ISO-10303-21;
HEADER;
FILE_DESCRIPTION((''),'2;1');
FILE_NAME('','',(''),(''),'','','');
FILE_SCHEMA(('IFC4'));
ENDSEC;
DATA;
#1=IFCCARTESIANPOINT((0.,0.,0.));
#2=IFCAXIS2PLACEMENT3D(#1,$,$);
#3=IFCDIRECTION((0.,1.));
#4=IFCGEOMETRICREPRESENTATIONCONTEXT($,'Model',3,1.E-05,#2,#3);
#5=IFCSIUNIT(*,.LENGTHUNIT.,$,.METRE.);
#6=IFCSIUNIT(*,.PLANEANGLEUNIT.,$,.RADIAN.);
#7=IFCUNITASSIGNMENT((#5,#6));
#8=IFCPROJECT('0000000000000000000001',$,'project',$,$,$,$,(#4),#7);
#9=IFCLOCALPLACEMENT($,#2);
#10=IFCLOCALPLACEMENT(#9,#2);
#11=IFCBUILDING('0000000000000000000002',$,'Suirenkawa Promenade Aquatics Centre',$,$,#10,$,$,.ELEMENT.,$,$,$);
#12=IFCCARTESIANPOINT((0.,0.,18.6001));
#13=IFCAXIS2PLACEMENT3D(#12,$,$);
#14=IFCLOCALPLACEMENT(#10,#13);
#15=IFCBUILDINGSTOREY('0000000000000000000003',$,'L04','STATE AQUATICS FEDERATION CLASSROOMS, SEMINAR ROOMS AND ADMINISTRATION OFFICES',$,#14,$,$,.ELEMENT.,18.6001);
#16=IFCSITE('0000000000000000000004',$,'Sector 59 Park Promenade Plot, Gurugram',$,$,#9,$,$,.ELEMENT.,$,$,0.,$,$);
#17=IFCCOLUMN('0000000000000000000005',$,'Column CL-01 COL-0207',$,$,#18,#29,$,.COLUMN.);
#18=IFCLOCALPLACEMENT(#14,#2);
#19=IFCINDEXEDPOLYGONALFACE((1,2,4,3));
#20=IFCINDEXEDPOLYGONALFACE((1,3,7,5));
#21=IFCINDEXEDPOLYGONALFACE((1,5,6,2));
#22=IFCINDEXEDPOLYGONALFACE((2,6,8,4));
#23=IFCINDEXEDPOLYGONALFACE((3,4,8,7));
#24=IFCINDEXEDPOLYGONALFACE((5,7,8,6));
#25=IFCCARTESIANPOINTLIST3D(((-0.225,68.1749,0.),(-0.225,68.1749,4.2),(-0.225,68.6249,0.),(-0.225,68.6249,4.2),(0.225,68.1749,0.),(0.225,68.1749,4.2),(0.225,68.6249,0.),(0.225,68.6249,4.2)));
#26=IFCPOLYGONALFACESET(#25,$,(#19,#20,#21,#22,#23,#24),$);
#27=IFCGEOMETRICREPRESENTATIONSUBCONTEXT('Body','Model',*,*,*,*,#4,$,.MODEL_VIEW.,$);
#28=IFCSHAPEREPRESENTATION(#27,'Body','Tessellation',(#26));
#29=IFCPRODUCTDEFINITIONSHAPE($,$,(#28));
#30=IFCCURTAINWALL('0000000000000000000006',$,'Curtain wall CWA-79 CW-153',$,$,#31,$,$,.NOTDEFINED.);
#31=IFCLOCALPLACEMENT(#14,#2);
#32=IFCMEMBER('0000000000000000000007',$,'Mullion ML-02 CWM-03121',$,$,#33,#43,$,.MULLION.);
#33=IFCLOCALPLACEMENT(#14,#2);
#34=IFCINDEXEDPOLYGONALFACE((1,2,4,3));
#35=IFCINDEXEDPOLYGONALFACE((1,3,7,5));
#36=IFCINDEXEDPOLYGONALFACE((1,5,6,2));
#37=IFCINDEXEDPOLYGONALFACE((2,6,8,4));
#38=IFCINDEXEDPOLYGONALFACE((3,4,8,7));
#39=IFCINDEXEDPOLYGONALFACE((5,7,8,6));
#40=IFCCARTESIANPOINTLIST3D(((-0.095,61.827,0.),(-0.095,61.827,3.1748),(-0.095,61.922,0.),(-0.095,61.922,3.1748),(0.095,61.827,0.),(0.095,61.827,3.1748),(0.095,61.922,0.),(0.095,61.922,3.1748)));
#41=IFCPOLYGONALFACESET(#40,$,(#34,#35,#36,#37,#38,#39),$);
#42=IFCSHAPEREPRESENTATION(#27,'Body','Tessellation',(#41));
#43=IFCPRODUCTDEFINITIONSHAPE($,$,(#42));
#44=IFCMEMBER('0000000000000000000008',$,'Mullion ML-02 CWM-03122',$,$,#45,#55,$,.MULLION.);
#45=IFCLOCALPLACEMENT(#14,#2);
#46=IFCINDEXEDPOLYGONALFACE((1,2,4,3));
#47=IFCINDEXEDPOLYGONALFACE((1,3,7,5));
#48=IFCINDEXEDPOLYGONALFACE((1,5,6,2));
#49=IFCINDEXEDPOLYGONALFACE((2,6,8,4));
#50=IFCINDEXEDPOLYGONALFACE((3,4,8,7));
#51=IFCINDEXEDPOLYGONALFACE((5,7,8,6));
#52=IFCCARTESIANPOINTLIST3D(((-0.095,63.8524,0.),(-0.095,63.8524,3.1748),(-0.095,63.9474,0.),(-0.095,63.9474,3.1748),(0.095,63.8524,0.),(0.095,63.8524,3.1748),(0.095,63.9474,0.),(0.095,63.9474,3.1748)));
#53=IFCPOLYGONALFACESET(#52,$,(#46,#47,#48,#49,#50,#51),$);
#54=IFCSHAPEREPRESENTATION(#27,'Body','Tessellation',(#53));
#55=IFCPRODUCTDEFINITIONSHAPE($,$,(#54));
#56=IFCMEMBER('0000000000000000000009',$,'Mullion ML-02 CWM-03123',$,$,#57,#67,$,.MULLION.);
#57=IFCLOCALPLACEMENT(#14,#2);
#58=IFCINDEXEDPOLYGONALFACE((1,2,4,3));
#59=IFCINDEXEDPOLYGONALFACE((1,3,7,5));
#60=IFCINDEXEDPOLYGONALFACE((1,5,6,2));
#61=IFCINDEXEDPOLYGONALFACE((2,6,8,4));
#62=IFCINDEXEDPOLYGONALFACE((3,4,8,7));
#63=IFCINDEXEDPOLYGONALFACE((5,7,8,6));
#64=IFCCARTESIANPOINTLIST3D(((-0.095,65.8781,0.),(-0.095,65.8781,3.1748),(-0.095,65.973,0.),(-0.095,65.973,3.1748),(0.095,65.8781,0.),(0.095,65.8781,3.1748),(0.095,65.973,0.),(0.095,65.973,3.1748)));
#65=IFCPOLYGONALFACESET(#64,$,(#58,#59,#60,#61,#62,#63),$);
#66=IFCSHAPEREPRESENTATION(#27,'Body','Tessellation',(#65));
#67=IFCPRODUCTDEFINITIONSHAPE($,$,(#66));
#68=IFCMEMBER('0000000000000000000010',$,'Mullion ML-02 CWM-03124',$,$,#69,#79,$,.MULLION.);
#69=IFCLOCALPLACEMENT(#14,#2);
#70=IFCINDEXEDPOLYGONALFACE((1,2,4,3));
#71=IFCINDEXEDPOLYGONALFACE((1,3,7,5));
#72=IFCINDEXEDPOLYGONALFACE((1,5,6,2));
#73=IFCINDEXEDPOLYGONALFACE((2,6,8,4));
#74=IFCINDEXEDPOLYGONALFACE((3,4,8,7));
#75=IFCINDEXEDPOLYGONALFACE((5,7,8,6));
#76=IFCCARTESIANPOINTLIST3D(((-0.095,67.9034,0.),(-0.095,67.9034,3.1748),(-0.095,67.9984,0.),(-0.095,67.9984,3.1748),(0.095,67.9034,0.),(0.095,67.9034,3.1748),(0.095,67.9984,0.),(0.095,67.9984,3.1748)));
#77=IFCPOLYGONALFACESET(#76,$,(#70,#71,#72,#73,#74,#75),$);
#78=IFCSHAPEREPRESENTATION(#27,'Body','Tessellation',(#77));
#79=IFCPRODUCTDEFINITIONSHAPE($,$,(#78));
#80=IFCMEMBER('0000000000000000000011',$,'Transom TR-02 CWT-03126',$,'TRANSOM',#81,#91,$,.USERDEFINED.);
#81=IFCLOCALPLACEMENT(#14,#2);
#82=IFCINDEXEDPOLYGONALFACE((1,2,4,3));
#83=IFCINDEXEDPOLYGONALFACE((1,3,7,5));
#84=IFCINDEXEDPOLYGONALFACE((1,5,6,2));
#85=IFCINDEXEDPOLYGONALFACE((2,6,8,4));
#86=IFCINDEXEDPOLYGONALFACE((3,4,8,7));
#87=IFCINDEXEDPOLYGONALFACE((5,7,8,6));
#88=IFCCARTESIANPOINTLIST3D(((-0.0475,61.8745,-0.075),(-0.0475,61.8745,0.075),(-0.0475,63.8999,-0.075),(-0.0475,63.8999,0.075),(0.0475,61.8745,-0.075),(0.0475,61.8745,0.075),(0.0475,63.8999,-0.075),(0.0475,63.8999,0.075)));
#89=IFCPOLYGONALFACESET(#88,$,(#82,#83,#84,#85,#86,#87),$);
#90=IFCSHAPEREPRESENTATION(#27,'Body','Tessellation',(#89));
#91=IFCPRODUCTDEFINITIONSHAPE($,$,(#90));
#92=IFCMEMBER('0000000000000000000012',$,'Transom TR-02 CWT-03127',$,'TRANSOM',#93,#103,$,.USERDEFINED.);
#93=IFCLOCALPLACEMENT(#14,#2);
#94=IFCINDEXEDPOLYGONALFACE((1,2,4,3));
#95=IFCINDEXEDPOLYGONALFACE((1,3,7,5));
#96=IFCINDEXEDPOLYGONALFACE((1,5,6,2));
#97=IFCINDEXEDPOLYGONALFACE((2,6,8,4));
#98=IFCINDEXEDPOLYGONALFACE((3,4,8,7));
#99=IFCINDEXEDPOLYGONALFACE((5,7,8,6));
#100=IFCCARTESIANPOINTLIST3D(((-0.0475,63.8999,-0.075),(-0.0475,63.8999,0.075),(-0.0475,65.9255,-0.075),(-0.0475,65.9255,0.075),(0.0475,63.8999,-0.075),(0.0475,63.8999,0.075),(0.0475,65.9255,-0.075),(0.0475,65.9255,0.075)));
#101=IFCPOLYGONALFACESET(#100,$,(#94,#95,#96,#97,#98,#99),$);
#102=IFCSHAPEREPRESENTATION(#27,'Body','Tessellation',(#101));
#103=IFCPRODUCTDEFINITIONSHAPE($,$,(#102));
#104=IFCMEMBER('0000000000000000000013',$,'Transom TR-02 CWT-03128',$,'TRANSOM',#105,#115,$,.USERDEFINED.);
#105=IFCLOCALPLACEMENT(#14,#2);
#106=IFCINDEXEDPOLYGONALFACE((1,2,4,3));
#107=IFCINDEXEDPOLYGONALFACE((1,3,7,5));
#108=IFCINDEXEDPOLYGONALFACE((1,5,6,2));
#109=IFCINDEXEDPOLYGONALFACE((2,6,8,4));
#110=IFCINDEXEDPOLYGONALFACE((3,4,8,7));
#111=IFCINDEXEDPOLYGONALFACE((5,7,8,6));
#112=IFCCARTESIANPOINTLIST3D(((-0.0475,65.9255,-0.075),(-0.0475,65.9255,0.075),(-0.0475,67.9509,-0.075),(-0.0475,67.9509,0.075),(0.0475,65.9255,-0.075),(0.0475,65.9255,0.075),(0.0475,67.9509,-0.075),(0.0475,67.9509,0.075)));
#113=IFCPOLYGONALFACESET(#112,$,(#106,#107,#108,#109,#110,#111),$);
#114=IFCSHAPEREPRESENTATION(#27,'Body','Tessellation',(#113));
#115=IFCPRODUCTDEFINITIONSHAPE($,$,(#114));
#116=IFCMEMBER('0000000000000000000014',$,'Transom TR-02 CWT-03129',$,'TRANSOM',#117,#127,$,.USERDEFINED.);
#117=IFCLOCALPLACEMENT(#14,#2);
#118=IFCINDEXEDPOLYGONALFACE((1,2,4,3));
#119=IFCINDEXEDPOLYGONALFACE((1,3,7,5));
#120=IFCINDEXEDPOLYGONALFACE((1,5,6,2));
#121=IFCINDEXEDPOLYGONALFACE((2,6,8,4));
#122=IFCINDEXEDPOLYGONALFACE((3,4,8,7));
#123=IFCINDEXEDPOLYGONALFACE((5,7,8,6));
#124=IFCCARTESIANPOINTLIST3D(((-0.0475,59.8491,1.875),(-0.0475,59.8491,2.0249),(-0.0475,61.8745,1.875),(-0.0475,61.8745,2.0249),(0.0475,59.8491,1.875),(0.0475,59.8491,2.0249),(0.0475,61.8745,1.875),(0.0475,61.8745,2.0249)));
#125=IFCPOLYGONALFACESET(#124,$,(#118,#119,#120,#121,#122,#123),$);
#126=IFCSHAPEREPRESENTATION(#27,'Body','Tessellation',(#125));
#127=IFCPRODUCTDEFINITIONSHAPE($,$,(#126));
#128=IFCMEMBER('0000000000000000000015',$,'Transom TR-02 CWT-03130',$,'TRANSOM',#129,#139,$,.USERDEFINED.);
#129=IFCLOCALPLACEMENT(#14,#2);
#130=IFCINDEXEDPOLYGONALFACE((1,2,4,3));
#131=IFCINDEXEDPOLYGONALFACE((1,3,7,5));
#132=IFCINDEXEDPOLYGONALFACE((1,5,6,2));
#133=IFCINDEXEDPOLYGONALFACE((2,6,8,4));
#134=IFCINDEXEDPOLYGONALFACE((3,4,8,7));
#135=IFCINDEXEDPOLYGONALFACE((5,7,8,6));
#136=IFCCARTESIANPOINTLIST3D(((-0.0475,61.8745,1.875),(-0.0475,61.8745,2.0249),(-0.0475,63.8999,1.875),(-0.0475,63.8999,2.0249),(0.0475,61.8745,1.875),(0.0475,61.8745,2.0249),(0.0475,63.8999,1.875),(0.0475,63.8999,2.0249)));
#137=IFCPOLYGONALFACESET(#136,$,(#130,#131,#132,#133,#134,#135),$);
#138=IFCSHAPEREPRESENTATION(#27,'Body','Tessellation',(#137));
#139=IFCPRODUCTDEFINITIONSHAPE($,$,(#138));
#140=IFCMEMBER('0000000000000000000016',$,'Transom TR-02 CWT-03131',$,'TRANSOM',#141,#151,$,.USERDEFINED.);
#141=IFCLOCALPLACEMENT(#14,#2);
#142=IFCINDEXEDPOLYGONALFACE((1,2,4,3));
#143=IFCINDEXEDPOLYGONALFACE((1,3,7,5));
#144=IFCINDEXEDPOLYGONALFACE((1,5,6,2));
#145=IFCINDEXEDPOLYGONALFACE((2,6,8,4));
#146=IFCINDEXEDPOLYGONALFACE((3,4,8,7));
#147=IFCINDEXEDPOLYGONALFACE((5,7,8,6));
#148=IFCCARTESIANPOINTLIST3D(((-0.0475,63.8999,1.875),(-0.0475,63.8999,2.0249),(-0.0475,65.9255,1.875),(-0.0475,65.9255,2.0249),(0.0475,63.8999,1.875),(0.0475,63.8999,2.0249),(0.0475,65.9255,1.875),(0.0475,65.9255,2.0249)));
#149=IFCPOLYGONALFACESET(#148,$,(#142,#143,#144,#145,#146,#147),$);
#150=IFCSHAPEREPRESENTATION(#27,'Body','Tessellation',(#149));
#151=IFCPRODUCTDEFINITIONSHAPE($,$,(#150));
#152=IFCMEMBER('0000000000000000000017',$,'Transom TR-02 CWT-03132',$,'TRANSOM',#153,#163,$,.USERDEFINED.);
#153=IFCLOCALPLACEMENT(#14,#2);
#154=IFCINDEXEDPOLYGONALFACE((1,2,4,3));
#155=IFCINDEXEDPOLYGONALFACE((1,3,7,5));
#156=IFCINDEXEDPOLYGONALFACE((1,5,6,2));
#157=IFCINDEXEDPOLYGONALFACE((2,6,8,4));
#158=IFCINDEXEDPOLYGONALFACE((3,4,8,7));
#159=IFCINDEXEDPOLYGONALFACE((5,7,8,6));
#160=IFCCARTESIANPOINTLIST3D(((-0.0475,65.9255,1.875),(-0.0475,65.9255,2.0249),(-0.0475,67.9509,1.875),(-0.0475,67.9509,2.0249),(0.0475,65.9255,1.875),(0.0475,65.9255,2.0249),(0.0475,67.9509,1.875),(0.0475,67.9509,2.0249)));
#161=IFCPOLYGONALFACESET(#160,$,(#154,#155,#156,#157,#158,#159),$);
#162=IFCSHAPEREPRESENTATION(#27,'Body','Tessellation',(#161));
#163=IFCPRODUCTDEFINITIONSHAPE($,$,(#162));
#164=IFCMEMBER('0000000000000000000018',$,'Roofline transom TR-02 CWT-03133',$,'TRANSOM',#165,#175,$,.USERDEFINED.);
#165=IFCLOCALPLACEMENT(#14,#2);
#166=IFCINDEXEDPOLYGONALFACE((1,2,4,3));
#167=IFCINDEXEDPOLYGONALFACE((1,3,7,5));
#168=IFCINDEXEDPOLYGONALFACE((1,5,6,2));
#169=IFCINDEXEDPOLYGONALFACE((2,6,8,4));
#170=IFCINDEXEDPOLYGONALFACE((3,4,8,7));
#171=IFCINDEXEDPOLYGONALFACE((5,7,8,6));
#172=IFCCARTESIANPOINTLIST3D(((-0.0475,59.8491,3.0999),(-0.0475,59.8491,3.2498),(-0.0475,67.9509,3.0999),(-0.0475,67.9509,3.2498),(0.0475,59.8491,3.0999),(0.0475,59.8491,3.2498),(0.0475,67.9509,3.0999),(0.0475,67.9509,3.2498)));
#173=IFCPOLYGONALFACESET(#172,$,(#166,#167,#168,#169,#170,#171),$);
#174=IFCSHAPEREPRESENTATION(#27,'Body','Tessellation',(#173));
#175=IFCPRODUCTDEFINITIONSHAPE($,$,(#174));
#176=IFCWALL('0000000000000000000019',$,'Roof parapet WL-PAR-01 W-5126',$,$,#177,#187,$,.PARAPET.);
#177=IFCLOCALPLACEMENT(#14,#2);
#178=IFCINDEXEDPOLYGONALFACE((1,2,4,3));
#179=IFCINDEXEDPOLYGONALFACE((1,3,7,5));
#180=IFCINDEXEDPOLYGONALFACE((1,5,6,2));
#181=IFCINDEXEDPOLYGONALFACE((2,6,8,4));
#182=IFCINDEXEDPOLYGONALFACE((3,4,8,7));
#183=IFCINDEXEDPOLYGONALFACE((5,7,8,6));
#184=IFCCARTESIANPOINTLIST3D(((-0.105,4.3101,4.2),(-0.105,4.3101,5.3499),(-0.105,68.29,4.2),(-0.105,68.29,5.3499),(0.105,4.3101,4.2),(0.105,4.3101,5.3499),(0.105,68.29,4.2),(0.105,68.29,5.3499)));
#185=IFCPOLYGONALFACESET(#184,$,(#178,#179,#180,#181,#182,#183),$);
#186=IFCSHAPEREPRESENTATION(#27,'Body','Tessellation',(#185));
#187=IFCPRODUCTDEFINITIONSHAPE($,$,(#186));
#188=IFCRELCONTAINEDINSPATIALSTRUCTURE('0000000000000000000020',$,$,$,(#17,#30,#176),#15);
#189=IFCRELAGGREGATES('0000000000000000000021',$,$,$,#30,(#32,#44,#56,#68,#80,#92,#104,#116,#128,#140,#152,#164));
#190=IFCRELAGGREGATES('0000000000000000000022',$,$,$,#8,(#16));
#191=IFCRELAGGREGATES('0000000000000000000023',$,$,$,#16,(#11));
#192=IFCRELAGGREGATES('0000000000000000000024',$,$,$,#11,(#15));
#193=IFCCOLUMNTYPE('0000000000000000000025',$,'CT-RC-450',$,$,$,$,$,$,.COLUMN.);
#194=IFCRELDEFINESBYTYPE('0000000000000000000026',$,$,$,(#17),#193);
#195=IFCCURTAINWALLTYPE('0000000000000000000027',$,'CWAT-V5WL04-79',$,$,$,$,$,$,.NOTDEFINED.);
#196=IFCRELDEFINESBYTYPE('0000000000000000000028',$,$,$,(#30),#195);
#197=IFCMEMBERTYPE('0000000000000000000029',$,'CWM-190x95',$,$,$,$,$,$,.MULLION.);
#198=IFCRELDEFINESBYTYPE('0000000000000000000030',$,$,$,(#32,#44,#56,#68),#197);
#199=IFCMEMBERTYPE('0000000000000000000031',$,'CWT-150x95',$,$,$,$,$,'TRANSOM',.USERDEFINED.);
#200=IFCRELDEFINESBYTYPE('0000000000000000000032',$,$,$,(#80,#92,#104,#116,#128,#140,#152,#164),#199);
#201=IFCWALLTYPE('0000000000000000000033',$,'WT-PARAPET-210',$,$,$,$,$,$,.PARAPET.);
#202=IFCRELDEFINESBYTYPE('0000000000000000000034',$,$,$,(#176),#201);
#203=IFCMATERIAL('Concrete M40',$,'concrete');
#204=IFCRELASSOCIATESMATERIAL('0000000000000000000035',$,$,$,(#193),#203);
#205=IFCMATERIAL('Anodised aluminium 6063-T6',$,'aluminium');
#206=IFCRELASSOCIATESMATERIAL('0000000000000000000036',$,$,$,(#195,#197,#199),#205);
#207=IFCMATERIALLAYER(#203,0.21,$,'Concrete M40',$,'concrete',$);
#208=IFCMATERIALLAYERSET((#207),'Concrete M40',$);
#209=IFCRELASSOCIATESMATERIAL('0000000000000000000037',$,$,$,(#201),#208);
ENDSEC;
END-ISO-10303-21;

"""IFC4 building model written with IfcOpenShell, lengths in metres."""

from ifc_helpers import new_model, si_unit, direction, frame, frame_2d, origin, origin_2d, place, context, subcontext, project, spatial, rectangle, extrude, material, layer, layer_set, material_profile, profile_set, type_object, element, aggregate, save


model = new_model("IFC4")

# Units and contexts
model_context = context("Model", 3, precision=1e-05, world=origin(), true_north=direction((0.0, 1.0)))
body_context = subcontext(model_context, "Body", "Model", "MODEL_VIEW")
ifc_project = project(units=[si_unit("LENGTHUNIT", "METRE"), si_unit("PLANEANGLEUNIT", "RADIAN")], contexts=[model_context])

# Site, building, storey
site_placement = place(None, origin())
site = spatial("IfcSite", under=ifc_project, at=site_placement, Name="Sector 59 Park Promenade Plot, Gurugram", CompositionType="ELEMENT", RefElevation=0.0)
building_placement = place(site_placement, origin())
building = spatial("IfcBuilding", under=site, at=building_placement, Name="Suirenkawa Promenade Aquatics Centre", CompositionType="ELEMENT")
storey_placement = place(building_placement, frame((0.0, 0.0, 18.6001)))
storey = spatial("IfcBuildingStorey", under=building, at=storey_placement, Name="L04", Description="STATE AQUATICS FEDERATION CLASSROOMS, SEMINAR ROOMS AND ADMINISTRATION OFFICES", CompositionType="ELEMENT", Elevation=18.6001)

# Column
ifc_material_1 = material(Name="Concrete M40", Category="concrete")
ifc_material_profile_1 = material_profile(ifc_material_1, rectangle(XDim=0.45, YDim=0.45, at=origin_2d()), Name="RC COL 450x450", Category="concrete")
ifc_profile_set_1 = profile_set([ifc_material_profile_1], Name="Concrete M40")
column_type = type_object("IfcColumnType", Name="CT-RC-450", PredefinedType="COLUMN", material=ifc_profile_set_1)
column_placement = place(storey_placement, frame((0.0, 68.3999, 0.0), z_axis=(0.0, 0.0, 1.0), x_axis=(1.0, 0.0, 0.0)))
element("IfcColumn", 1, at=column_placement, inside=storey, type_object=column_type, Name="Column CL-01 COL-0207", PredefinedType="COLUMN", context=body_context, shape_type="SweptSolid", body=[
    extrude(rectangle(XDim=0.45, YDim=0.45, at=origin_2d()), origin(), (0.0, 0.0, 1.0), 4.2),
])

# Curtain wall, members
ifc_material_2 = material(Name="Anodised aluminium 6063-T6", Category="aluminium")
curtain_wall_type = type_object("IfcCurtainWallType", Name="CWAT-V5WL04-79", PredefinedType="NOTDEFINED", material=ifc_material_2)
curtain_wall_placement = place(storey_placement, origin())
curtain_wall = element("IfcCurtainWall", 2, at=curtain_wall_placement, inside=storey, type_object=curtain_wall_type, Name="Curtain wall CWA-79 CW-153", PredefinedType="NOTDEFINED")
ifc_material_profile_2 = material_profile(ifc_material_2, rectangle(XDim=0.095, YDim=0.1899, at=origin_2d()), Name="ALU MULL 95x190", Category="aluminium")
ifc_profile_set_2 = profile_set([ifc_material_profile_2], Name="Anodised aluminium 6063-T6")
member_type_1 = type_object("IfcMemberType", Name="CWM-190x95", PredefinedType="MULLION", material=ifc_profile_set_2)
member_1_placement = place(storey_placement, frame((0.0, 61.8745, 0.0), z_axis=(0.0, 0.0, 1.0), x_axis=(0.0, 1.0, 0.0)))
member_1 = element("IfcMember", 3, at=member_1_placement, type_object=member_type_1, Name="Mullion ML-02 CWM-03121", PredefinedType="MULLION", context=body_context, shape_type="SweptSolid", body=[
    extrude(rectangle(XDim=0.095, YDim=0.1899, at=origin_2d()), origin(), (0.0, 0.0, 1.0), 3.1748),
])
member_2_placement = place(storey_placement, frame((0.0, 63.8999, 0.0), z_axis=(0.0, 0.0, 1.0), x_axis=(0.0, 1.0, 0.0)))
member_2 = element("IfcMember", 4, at=member_2_placement, type_object=member_type_1, Name="Mullion ML-02 CWM-03122", PredefinedType="MULLION", context=body_context, shape_type="SweptSolid", body=[
    extrude(rectangle(XDim=0.095, YDim=0.1899, at=origin_2d()), origin(), (0.0, 0.0, 1.0), 3.1748),
])
member_3_placement = place(storey_placement, frame((0.0, 65.9255, 0.0), z_axis=(0.0, 0.0, 1.0), x_axis=(0.0, 1.0, 0.0)))
member_3 = element("IfcMember", 5, at=member_3_placement, type_object=member_type_1, Name="Mullion ML-02 CWM-03123", PredefinedType="MULLION", context=body_context, shape_type="SweptSolid", body=[
    extrude(rectangle(XDim=0.095, YDim=0.1899, at=origin_2d()), origin(), (0.0, 0.0, 1.0), 3.1748),
])
member_4_placement = place(storey_placement, frame((0.0, 67.9509, 0.0), z_axis=(0.0, 0.0, 1.0), x_axis=(0.0, 1.0, 0.0)))
member_4 = element("IfcMember", 6, at=member_4_placement, type_object=member_type_1, Name="Mullion ML-02 CWM-03124", PredefinedType="MULLION", context=body_context, shape_type="SweptSolid", body=[
    extrude(rectangle(XDim=0.095, YDim=0.1899, at=origin_2d()), origin(), (0.0, 0.0, 1.0), 3.1748),
])
ifc_material_profile_3 = material_profile(ifc_material_2, rectangle(XDim=0.095, YDim=0.1499, at=origin_2d()), Name="ALU TRAN 95x150", Category="aluminium")
ifc_profile_set_3 = profile_set([ifc_material_profile_3], Name="Anodised aluminium 6063-T6")
member_type_2 = type_object("IfcMemberType", Name="CWT-150x95", ElementType="TRANSOM", PredefinedType="USERDEFINED", material=ifc_profile_set_3)
member_5_placement = place(storey_placement, frame((0.0, 61.8745, 0.0), z_axis=(0.0, 1.0, 0.0), x_axis=(-1.0, 0.0, 0.0)))
member_5 = element("IfcMember", 7, at=member_5_placement, type_object=member_type_2, Name="Transom TR-02 CWT-03126", ObjectType="TRANSOM", PredefinedType="USERDEFINED", context=body_context, shape_type="SweptSolid", body=[
    extrude(rectangle(XDim=0.095, YDim=0.1499, at=origin_2d()), origin(), (0.0, 0.0, 1.0), 2.0254),
])
member_6_placement = place(storey_placement, frame((0.0, 63.8999, 0.0), z_axis=(0.0, 1.0, 0.0), x_axis=(-1.0, 0.0, 0.0)))
member_6 = element("IfcMember", 8, at=member_6_placement, type_object=member_type_2, Name="Transom TR-02 CWT-03127", ObjectType="TRANSOM", PredefinedType="USERDEFINED", context=body_context, shape_type="SweptSolid", body=[
    extrude(rectangle(XDim=0.095, YDim=0.1499, at=origin_2d()), origin(), (0.0, 0.0, 1.0), 2.0256),
])
member_7_placement = place(storey_placement, frame((0.0, 65.9255, 0.0), z_axis=(0.0, 1.0, 0.0), x_axis=(-1.0, 0.0, 0.0)))
member_7 = element("IfcMember", 9, at=member_7_placement, type_object=member_type_2, Name="Transom TR-02 CWT-03128", ObjectType="TRANSOM", PredefinedType="USERDEFINED", context=body_context, shape_type="SweptSolid", body=[
    extrude(rectangle(XDim=0.095, YDim=0.1499, at=origin_2d()), origin(), (0.0, 0.0, 1.0), 2.0254),
])
member_8_placement = place(storey_placement, frame((0.0, 59.8491, 1.95), z_axis=(0.0, 1.0, 0.0), x_axis=(-1.0, 0.0, 0.0)))
member_8 = element("IfcMember", 10, at=member_8_placement, type_object=member_type_2, Name="Transom TR-02 CWT-03129", ObjectType="TRANSOM", PredefinedType="USERDEFINED", context=body_context, shape_type="SweptSolid", body=[
    extrude(rectangle(XDim=0.095, YDim=0.1499, at=origin_2d()), origin(), (0.0, 0.0, 1.0), 2.0254),
])
member_9_placement = place(storey_placement, frame((0.0, 61.8745, 1.95), z_axis=(0.0, 1.0, 0.0), x_axis=(-1.0, 0.0, 0.0)))
member_9 = element("IfcMember", 11, at=member_9_placement, type_object=member_type_2, Name="Transom TR-02 CWT-03130", ObjectType="TRANSOM", PredefinedType="USERDEFINED", context=body_context, shape_type="SweptSolid", body=[
    extrude(rectangle(XDim=0.095, YDim=0.1499, at=origin_2d()), origin(), (0.0, 0.0, 1.0), 2.0254),
])
member_10_placement = place(storey_placement, frame((0.0, 63.8999, 1.95), z_axis=(0.0, 1.0, 0.0), x_axis=(-1.0, 0.0, 0.0)))
member_10 = element("IfcMember", 12, at=member_10_placement, type_object=member_type_2, Name="Transom TR-02 CWT-03131", ObjectType="TRANSOM", PredefinedType="USERDEFINED", context=body_context, shape_type="SweptSolid", body=[
    extrude(rectangle(XDim=0.095, YDim=0.1499, at=origin_2d()), origin(), (0.0, 0.0, 1.0), 2.0256),
])
member_11_placement = place(storey_placement, frame((0.0, 65.9255, 1.95), z_axis=(0.0, 1.0, 0.0), x_axis=(-1.0, 0.0, 0.0)))
member_11 = element("IfcMember", 13, at=member_11_placement, type_object=member_type_2, Name="Transom TR-02 CWT-03132", ObjectType="TRANSOM", PredefinedType="USERDEFINED", context=body_context, shape_type="SweptSolid", body=[
    extrude(rectangle(XDim=0.095, YDim=0.1499, at=origin_2d()), origin(), (0.0, 0.0, 1.0), 2.0254),
])
member_12_placement = place(storey_placement, frame((0.0, 59.8491, 3.1748), z_axis=(0.0, 1.0, 0.0), x_axis=(-1.0, 0.0, 0.0)))
member_12 = element("IfcMember", 14, at=member_12_placement, type_object=member_type_2, Name="Roofline transom TR-02 CWT-03133", ObjectType="TRANSOM", PredefinedType="USERDEFINED", context=body_context, shape_type="SweptSolid", body=[
    extrude(rectangle(XDim=0.095, YDim=0.1499, at=origin_2d()), origin(), (0.0, 0.0, 1.0), 8.1018),
])
aggregate(curtain_wall, [member_1, member_2, member_3, member_4, member_5, member_6, member_7, member_8, member_9, member_10, member_11, member_12])

# Wall
ifc_layer_1 = layer(ifc_material_1, 0.21, Name="Concrete M40", Category="concrete")
ifc_layer_set_1 = layer_set([ifc_layer_1], Name="Concrete M40")
wall_type = type_object("IfcWallType", Name="WT-PARAPET-210", PredefinedType="PARAPET", material=ifc_layer_set_1)
wall_placement = place(storey_placement, frame((0.0, 68.29, 4.2), z_axis=(0.0, 0.0, 1.0), x_axis=(0.0, -1.0, 0.0)))
element("IfcWall", 15, at=wall_placement, inside=storey, type_object=wall_type, Name="Roof parapet WL-PAR-01 W-5126", PredefinedType="PARAPET", context=body_context, shape_type="SweptSolid", body=[
    extrude(rectangle(XDim=63.98, YDim=0.21, at=frame_2d((31.99, 0.0))), origin(), (0.0, 0.0, 1.0), 1.1499),
])

save(model, "model.ifc")
